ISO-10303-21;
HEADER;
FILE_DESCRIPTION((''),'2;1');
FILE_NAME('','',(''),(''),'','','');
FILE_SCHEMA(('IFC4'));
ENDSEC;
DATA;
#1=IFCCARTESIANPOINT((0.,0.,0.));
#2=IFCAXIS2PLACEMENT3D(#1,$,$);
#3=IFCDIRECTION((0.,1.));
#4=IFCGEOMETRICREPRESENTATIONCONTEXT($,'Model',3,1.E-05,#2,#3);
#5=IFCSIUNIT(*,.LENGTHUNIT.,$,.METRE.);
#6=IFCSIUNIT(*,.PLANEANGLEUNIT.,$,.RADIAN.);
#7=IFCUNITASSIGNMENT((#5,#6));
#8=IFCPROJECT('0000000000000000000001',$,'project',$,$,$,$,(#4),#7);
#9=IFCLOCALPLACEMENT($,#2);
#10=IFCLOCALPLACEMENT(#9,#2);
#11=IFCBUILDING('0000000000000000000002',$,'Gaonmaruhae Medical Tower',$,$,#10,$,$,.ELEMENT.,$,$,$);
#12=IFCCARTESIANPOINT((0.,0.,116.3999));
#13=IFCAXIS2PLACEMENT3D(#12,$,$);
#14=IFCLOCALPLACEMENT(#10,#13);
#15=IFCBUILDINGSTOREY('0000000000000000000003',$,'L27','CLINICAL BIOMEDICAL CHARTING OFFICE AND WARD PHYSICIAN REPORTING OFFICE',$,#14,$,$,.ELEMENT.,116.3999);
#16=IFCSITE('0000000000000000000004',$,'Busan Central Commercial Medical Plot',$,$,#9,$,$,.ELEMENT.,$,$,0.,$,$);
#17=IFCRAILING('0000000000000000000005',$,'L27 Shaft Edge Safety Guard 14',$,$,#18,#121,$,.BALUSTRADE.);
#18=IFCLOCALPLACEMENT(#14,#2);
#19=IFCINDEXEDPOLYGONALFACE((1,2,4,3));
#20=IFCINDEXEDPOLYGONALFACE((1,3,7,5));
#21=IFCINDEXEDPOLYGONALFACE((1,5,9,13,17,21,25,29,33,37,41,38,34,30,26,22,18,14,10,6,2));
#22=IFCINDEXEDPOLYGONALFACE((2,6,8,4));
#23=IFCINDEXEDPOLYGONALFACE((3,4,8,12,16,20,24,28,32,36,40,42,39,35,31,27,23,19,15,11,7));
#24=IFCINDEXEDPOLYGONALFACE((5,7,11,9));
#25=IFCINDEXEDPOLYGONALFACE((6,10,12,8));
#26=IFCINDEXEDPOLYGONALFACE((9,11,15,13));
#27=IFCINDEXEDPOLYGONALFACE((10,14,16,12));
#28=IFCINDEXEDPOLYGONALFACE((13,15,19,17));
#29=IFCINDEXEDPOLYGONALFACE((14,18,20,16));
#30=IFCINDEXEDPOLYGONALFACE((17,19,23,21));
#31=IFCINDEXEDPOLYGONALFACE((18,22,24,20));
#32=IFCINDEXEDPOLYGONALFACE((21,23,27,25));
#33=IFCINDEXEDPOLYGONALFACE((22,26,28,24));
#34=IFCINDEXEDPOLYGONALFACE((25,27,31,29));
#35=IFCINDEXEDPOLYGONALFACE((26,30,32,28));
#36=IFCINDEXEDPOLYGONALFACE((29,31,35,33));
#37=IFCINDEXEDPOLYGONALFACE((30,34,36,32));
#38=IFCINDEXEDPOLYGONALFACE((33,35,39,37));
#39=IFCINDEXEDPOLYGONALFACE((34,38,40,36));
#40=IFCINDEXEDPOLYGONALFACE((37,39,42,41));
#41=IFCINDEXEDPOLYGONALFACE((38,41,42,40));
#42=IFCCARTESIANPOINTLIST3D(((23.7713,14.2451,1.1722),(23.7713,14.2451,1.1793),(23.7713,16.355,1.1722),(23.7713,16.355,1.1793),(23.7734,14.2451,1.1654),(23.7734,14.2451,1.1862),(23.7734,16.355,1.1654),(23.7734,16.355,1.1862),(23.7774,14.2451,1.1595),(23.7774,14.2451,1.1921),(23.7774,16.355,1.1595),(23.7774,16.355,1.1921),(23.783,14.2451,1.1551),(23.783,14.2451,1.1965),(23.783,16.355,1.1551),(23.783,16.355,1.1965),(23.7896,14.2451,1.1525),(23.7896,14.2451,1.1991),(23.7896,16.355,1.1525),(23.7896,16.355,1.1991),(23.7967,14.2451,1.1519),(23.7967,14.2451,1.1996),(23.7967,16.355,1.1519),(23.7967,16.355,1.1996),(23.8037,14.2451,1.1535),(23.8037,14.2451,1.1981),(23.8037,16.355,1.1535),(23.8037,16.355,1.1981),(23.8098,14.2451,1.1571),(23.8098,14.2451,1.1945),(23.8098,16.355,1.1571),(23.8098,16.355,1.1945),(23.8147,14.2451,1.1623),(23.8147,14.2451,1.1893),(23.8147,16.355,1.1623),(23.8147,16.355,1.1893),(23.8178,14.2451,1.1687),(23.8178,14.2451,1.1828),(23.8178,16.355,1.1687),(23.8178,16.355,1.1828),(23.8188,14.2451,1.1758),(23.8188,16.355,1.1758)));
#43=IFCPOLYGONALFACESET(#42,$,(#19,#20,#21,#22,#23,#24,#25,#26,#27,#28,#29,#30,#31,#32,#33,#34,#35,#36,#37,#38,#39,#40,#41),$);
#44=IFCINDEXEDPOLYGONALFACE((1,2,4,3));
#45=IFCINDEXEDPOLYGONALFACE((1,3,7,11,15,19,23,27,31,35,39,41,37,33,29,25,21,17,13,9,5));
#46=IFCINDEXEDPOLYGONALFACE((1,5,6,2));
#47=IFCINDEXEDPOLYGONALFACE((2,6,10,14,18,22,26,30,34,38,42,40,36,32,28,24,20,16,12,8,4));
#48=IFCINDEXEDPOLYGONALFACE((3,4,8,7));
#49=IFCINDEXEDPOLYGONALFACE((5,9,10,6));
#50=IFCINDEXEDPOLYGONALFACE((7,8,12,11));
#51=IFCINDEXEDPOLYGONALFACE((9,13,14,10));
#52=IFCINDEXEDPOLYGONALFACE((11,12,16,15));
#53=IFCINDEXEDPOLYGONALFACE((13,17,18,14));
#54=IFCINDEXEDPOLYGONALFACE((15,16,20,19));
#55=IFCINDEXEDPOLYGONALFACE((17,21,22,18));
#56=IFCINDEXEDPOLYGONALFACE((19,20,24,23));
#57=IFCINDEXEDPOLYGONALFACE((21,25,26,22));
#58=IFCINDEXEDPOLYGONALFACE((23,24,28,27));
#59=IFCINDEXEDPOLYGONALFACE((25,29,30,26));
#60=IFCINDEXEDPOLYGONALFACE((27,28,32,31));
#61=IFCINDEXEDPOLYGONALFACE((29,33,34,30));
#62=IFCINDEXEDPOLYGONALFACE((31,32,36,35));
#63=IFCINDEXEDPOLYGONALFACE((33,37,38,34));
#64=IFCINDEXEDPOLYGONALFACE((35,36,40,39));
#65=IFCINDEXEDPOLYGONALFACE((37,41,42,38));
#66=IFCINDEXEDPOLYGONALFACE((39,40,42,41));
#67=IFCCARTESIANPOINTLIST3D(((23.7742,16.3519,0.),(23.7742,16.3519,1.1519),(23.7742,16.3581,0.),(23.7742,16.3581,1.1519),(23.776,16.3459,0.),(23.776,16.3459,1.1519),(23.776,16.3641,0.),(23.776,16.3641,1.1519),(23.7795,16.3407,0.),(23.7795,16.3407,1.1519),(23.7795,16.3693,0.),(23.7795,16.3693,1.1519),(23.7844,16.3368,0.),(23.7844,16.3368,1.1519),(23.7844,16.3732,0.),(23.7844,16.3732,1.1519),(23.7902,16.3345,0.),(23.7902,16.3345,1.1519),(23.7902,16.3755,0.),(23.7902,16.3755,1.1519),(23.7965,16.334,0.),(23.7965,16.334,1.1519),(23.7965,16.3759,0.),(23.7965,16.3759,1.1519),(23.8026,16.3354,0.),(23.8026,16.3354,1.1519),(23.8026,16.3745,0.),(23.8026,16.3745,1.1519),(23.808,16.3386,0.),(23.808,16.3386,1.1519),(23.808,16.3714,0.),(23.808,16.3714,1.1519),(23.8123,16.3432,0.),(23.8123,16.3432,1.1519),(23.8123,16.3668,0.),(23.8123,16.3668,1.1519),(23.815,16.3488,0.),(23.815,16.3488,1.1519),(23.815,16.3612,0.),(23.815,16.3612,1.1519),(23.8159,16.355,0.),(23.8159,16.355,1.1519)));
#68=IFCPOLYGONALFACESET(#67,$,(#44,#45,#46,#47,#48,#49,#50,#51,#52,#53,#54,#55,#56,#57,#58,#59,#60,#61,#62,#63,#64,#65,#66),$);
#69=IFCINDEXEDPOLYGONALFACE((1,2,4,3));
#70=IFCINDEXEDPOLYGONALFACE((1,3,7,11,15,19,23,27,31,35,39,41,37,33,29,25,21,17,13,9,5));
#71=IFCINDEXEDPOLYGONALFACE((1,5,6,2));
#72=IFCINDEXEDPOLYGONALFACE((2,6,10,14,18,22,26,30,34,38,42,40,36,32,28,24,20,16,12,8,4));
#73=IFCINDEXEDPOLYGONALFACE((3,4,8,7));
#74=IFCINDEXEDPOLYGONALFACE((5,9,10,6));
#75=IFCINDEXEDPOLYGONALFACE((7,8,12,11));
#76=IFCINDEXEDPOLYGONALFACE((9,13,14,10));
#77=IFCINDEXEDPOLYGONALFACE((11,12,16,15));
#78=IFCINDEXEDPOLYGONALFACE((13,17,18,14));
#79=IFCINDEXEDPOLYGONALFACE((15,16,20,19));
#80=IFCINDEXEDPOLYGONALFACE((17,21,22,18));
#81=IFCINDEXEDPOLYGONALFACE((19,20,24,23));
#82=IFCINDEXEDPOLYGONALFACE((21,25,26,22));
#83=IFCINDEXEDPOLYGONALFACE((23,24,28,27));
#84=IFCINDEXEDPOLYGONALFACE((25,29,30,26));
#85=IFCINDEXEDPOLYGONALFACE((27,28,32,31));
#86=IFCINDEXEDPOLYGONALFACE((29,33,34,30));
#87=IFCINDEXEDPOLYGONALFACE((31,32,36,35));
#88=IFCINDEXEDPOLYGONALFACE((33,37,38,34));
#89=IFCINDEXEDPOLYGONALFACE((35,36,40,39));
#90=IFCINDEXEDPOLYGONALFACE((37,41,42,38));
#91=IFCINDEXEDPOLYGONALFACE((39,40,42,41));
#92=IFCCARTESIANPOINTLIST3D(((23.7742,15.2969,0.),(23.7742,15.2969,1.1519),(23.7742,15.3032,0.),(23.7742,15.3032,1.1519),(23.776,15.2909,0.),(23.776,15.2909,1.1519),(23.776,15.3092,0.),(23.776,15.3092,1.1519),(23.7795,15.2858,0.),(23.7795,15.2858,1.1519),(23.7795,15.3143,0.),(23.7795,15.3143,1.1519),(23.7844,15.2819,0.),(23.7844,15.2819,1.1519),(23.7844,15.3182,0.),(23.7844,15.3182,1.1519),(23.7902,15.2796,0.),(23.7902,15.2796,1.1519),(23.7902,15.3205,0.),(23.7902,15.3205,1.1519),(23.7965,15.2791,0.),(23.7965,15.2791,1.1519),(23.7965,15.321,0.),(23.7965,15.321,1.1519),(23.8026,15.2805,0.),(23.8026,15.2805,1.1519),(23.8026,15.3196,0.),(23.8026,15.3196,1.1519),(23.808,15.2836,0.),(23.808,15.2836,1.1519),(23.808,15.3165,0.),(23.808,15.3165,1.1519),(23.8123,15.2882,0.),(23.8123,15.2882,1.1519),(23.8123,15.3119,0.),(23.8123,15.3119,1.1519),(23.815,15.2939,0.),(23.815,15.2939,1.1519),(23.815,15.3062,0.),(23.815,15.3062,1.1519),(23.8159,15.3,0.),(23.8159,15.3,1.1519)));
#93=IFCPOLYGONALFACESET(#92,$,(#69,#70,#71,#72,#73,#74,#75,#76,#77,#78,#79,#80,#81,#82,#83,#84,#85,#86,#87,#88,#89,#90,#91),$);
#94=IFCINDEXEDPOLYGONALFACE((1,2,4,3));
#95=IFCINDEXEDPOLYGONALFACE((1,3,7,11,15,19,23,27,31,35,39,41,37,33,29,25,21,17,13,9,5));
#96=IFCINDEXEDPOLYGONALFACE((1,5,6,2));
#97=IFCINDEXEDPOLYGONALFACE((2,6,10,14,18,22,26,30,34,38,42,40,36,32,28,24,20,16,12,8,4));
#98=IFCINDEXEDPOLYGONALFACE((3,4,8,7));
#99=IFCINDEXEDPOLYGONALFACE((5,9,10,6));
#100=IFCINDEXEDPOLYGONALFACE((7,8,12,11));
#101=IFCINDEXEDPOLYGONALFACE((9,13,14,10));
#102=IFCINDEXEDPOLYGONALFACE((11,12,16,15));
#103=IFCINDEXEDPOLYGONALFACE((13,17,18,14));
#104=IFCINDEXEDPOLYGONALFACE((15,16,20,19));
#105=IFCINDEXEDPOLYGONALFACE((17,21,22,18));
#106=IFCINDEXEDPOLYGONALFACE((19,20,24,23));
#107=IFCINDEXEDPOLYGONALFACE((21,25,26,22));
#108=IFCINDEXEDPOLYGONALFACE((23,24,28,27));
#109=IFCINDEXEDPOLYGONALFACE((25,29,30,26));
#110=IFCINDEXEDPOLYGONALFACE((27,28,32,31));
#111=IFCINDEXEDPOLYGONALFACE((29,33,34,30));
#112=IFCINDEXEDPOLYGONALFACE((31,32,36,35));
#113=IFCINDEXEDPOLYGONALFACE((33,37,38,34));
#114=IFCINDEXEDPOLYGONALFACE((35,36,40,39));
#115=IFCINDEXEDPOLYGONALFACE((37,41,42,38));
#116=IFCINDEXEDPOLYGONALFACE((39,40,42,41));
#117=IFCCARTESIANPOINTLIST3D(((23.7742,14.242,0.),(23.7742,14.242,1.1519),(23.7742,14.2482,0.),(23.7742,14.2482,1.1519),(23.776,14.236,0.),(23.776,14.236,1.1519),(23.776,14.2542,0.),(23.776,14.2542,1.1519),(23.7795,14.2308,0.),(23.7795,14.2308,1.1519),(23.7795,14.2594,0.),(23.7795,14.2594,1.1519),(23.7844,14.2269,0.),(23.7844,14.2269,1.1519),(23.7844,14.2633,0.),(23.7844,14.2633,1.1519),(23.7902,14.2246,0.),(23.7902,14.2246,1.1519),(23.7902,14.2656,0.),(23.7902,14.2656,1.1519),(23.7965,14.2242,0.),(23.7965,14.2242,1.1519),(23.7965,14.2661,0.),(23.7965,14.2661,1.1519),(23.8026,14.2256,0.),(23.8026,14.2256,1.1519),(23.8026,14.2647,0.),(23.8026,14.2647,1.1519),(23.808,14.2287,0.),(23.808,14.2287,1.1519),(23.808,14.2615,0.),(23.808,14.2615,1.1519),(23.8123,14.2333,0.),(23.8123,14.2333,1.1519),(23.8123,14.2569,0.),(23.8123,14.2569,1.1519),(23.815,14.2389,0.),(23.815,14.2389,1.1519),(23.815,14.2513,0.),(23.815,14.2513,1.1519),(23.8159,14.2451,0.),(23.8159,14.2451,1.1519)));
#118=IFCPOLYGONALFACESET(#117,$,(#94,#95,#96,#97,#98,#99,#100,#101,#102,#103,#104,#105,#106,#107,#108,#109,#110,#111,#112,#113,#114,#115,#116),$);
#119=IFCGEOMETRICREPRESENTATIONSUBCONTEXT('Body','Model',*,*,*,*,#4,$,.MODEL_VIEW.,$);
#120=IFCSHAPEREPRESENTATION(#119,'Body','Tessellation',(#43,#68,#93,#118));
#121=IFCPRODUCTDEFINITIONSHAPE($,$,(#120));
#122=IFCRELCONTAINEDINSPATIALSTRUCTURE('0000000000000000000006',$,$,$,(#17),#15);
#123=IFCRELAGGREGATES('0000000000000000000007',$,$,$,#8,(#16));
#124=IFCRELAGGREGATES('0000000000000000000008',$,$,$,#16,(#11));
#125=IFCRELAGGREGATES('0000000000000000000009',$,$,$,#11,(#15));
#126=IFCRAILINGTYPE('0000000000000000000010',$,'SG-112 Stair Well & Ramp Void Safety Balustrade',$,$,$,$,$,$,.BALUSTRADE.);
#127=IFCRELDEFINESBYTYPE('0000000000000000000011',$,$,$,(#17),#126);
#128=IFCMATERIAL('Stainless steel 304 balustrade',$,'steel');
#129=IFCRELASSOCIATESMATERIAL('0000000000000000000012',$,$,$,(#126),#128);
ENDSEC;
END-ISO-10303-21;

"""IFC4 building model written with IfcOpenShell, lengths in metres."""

from ifc_helpers import new_model, si_unit, direction, frame, origin, origin_2d, place, context, subcontext, project, spatial, circle, extrude, material, type_object, element, save


model = new_model("IFC4")

# Units and contexts
model_context = context("Model", 3, precision=1e-05, world=origin(), true_north=direction((0.0, 1.0)))
body_context = subcontext(model_context, "Body", "Model", "MODEL_VIEW")
ifc_project = project(units=[si_unit("LENGTHUNIT", "METRE"), si_unit("PLANEANGLEUNIT", "RADIAN")], contexts=[model_context])

# Site, building, storey
site_placement = place(None, origin())
site = spatial("IfcSite", under=ifc_project, at=site_placement, Name="Busan Central Commercial Medical Plot", CompositionType="ELEMENT", RefElevation=0.0)
building_placement = place(site_placement, origin())
building = spatial("IfcBuilding", under=site, at=building_placement, Name="Gaonmaruhae Medical Tower", CompositionType="ELEMENT")
storey_placement = place(building_placement, frame((0.0, 0.0, 116.3999)))
storey = spatial("IfcBuildingStorey", under=building, at=storey_placement, Name="L27", Description="CLINICAL BIOMEDICAL CHARTING OFFICE AND WARD PHYSICIAN REPORTING OFFICE", CompositionType="ELEMENT", Elevation=116.3999)

# Railing
ifc_material_1 = material(Name="Stainless steel 304 balustrade", Category="steel")
railing_type_1 = type_object("IfcRailingType", Name="SG-112 Stair Well & Ramp Void Safety Balustrade", PredefinedType="BALUSTRADE", material=ifc_material_1)
railing_1_placement = place(storey_placement, frame((23.7949, 16.355, 0.0)))
element("IfcRailing", 1, at=railing_1_placement, inside=storey, type_object=railing_type_1, Name="L27 Shaft Edge Safety Guard 14", PredefinedType="BALUSTRADE", context=body_context, shape_type="SweptSolid", body=[
    extrude(circle(Radius=0.0239, at=origin_2d()), frame((0.0, 0.0, 1.1758), z_axis=(0.0, -1.0, 0.0), x_axis=(1.0, 0.0, 0.0)), (0.0, 0.0, 1.0), 2.1099),
    extrude(circle(Radius=0.021, at=origin_2d()), origin(), (0.0, 0.0, 1.0), 1.1519),
    extrude(circle(Radius=0.021, at=origin_2d()), frame((0.0, -1.0549, 0.0)), (0.0, 0.0, 1.0), 1.1519),
    extrude(circle(Radius=0.021, at=origin_2d()), frame((0.0, -2.1099, 0.0)), (0.0, 0.0, 1.0), 1.1519),
])

save(model, "model.ifc")
